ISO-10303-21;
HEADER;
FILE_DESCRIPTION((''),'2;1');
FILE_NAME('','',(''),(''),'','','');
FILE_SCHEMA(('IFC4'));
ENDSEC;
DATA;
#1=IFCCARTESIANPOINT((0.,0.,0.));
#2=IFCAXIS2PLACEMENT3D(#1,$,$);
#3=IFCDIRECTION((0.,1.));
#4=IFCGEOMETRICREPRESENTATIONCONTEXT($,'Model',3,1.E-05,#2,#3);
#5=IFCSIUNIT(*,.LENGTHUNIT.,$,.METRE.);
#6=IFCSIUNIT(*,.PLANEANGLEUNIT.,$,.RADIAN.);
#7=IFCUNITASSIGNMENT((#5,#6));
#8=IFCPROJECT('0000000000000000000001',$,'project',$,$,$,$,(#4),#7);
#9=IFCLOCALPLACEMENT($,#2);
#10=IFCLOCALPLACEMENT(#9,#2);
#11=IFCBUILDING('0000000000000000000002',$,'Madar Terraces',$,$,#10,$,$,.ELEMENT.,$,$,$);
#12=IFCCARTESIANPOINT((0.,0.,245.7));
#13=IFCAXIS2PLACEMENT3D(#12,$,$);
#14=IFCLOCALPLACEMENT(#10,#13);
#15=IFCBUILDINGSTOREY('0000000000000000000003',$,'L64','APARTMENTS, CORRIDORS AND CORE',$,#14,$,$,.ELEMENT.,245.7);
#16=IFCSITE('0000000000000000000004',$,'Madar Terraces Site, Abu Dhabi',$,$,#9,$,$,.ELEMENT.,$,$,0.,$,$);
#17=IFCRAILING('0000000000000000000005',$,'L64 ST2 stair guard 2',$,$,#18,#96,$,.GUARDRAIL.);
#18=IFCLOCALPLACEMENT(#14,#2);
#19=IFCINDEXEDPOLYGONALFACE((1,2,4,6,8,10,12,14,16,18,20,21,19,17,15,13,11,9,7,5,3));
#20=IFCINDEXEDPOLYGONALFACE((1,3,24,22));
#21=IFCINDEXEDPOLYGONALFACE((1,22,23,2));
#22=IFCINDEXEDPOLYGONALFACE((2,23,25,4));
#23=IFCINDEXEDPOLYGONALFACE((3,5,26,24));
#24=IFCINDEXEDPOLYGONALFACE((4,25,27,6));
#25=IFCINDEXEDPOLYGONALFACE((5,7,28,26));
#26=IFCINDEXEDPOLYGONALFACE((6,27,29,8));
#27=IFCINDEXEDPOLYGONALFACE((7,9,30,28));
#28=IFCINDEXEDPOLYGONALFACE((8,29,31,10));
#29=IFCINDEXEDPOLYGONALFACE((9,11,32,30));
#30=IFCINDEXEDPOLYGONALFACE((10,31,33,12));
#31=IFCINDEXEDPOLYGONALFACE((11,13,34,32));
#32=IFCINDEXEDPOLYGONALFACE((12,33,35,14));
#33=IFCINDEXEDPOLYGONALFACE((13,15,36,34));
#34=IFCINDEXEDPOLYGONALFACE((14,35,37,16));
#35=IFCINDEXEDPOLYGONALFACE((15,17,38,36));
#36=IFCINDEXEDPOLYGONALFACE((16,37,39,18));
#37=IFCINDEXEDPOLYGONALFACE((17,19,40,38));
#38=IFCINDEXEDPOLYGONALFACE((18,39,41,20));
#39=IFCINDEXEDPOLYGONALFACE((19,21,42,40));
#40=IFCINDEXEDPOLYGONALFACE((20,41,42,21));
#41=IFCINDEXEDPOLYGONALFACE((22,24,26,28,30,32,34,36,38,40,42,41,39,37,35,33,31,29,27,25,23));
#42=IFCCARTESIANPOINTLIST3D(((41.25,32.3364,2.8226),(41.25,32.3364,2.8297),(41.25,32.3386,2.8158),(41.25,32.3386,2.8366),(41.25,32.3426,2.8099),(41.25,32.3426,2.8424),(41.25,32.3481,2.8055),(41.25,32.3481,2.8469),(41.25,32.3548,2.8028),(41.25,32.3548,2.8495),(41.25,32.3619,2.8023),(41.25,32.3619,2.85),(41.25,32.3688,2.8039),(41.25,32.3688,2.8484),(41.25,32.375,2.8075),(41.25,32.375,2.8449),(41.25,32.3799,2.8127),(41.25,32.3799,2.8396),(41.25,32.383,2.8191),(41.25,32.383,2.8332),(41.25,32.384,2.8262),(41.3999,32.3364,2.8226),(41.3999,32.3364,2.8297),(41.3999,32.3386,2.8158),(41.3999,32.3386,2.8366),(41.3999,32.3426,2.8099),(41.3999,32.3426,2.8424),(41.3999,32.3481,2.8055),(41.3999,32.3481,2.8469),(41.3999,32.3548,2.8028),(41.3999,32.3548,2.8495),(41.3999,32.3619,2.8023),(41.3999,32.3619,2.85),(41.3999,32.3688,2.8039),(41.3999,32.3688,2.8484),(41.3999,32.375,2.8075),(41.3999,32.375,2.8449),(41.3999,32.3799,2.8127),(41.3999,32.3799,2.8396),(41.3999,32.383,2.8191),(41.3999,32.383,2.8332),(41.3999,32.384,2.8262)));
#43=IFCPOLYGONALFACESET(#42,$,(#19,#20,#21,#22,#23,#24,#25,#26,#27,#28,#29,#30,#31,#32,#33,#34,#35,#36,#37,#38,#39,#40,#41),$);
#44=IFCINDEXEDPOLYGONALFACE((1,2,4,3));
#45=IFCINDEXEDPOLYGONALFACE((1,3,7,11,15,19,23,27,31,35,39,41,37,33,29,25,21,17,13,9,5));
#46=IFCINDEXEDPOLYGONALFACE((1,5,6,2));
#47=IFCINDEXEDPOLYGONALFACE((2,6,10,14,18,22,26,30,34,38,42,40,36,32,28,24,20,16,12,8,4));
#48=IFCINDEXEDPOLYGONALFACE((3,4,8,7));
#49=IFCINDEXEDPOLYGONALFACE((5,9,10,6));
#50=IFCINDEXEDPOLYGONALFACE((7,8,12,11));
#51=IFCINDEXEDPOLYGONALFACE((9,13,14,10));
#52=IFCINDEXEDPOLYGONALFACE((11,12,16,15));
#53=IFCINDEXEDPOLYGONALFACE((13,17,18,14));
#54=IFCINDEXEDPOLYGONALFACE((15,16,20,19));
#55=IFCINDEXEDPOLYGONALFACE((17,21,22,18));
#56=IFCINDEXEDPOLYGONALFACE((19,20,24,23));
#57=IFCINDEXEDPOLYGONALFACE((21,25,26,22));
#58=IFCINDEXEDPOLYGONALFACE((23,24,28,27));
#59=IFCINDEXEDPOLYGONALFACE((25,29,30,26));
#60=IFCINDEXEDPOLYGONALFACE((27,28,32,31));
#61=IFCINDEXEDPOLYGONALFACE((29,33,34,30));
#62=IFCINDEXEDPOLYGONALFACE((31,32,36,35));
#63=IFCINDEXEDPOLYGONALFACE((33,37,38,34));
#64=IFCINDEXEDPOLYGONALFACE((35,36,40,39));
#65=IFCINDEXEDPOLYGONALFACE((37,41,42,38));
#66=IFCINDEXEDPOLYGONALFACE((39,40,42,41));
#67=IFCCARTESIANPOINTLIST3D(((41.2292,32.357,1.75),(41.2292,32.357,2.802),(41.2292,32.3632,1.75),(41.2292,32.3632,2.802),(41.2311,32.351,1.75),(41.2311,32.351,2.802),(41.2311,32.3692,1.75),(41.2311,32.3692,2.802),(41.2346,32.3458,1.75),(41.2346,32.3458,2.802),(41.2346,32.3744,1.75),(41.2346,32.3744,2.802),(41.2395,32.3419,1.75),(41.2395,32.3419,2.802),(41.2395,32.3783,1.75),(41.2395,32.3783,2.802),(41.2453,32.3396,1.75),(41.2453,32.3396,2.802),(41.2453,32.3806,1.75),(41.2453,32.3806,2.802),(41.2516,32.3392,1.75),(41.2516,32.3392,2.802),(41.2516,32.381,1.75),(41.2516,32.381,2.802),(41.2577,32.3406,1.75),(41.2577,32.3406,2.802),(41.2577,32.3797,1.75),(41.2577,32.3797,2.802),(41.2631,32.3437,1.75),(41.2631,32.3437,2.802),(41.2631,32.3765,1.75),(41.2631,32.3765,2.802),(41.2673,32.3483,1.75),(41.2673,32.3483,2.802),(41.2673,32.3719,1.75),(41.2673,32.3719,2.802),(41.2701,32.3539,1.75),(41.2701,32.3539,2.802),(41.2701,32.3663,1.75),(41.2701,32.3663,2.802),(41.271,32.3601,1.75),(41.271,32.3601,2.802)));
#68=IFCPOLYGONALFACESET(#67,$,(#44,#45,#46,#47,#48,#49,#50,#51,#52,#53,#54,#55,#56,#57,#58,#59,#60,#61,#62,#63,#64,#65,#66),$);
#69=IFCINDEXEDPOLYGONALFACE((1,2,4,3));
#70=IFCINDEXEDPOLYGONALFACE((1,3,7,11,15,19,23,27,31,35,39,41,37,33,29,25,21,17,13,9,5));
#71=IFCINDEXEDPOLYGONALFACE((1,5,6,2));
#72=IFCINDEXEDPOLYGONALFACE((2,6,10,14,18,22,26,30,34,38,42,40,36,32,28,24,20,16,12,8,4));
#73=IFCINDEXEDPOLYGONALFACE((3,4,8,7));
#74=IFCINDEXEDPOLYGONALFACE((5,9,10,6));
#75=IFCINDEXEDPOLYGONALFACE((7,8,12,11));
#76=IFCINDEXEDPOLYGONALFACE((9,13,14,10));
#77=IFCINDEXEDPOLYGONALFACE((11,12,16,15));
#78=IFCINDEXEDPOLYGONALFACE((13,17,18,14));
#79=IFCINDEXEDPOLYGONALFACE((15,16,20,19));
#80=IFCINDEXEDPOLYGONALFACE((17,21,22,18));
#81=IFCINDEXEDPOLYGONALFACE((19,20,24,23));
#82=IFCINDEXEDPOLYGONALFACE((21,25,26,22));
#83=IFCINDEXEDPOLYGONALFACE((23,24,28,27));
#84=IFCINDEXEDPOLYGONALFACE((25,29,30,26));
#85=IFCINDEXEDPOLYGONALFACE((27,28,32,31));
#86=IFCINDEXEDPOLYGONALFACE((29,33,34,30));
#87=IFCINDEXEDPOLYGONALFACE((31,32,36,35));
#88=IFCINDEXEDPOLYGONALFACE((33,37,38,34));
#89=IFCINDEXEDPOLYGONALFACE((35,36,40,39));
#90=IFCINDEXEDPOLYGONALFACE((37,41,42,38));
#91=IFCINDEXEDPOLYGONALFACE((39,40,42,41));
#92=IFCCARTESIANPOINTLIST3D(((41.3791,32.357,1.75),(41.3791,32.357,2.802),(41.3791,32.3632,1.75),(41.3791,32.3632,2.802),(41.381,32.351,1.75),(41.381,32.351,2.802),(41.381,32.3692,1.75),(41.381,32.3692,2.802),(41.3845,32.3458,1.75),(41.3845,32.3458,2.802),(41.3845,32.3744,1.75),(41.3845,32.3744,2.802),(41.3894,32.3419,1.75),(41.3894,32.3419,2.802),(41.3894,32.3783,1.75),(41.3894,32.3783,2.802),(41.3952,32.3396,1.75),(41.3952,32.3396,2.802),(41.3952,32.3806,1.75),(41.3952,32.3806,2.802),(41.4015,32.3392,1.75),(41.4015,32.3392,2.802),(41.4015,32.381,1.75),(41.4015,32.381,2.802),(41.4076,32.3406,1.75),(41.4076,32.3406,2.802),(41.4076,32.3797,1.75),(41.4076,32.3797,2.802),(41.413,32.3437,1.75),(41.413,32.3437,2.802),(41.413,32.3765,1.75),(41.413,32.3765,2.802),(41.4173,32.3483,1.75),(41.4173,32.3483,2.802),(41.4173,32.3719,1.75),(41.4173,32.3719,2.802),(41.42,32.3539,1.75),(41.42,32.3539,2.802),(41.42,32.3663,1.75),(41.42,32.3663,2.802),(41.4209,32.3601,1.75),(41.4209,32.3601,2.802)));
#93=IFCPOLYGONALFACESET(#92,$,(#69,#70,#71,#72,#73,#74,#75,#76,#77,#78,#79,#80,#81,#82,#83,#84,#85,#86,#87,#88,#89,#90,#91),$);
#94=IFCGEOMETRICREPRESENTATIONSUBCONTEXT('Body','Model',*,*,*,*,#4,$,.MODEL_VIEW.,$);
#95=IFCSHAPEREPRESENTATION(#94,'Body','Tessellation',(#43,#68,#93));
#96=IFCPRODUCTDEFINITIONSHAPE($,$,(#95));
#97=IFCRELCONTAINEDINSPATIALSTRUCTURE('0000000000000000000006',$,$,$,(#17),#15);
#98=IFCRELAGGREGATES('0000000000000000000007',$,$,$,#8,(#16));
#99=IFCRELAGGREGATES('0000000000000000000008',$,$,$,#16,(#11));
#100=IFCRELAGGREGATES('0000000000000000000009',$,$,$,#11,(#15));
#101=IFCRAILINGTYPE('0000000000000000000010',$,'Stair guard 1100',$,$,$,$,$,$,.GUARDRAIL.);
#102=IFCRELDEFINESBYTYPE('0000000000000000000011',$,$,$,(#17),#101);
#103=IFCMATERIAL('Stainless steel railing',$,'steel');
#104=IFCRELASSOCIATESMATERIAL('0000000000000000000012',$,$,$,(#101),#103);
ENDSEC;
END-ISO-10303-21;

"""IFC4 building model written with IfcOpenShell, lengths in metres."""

from ifc_helpers import new_model, si_unit, direction, frame, origin, origin_2d, place, context, subcontext, project, spatial, circle, extrude, material, type_object, element, save


model = new_model("IFC4")

# Units and contexts
model_context = context("Model", 3, precision=1e-05, world=origin(), true_north=direction((0.0, 1.0)))
body_context = subcontext(model_context, "Body", "Model", "MODEL_VIEW")
ifc_project = project(units=[si_unit("LENGTHUNIT", "METRE"), si_unit("PLANEANGLEUNIT", "RADIAN")], contexts=[model_context])

# Site, building, storey
site_placement = place(None, origin())
site = spatial("IfcSite", under=ifc_project, at=site_placement, Name="Madar Terraces Site, Abu Dhabi", CompositionType="ELEMENT", RefElevation=0.0)
building_placement = place(site_placement, origin())
building = spatial("IfcBuilding", under=site, at=building_placement, Name="Madar Terraces", CompositionType="ELEMENT")
storey_placement = place(building_placement, frame((0.0, 0.0, 245.7)))
storey = spatial("IfcBuildingStorey", under=building, at=storey_placement, Name="L64", Description="APARTMENTS, CORRIDORS AND CORE", CompositionType="ELEMENT", Elevation=245.7)

# Railing
ifc_material_1 = material(Name="Stainless steel railing", Category="steel")
railing_type_1 = type_object("IfcRailingType", Name="Stair guard 1100", PredefinedType="GUARDRAIL", material=ifc_material_1)
railing_1_placement = place(storey_placement, frame((41.25, 32.3601, 1.75)))
element("IfcRailing", 1, at=railing_1_placement, inside=storey, type_object=railing_type_1, Name="L64 ST2 stair guard 2", PredefinedType="GUARDRAIL", context=body_context, shape_type="SweptSolid", body=[
    extrude(circle(Radius=0.0239, at=origin_2d()), frame((0.0, 0.0, 1.0762), z_axis=(1.0, 0.0, 0.0), x_axis=(0.0, 1.0, 0.0)), (0.0, 0.0, 1.0), 0.1499),
    extrude(circle(Radius=0.021, at=origin_2d()), origin(), (0.0, 0.0, 1.0), 1.052),
    extrude(circle(Radius=0.021, at=origin_2d()), frame((0.1499, 0.0, 0.0)), (0.0, 0.0, 1.0), 1.052),
])

save(model, "model.ifc")
